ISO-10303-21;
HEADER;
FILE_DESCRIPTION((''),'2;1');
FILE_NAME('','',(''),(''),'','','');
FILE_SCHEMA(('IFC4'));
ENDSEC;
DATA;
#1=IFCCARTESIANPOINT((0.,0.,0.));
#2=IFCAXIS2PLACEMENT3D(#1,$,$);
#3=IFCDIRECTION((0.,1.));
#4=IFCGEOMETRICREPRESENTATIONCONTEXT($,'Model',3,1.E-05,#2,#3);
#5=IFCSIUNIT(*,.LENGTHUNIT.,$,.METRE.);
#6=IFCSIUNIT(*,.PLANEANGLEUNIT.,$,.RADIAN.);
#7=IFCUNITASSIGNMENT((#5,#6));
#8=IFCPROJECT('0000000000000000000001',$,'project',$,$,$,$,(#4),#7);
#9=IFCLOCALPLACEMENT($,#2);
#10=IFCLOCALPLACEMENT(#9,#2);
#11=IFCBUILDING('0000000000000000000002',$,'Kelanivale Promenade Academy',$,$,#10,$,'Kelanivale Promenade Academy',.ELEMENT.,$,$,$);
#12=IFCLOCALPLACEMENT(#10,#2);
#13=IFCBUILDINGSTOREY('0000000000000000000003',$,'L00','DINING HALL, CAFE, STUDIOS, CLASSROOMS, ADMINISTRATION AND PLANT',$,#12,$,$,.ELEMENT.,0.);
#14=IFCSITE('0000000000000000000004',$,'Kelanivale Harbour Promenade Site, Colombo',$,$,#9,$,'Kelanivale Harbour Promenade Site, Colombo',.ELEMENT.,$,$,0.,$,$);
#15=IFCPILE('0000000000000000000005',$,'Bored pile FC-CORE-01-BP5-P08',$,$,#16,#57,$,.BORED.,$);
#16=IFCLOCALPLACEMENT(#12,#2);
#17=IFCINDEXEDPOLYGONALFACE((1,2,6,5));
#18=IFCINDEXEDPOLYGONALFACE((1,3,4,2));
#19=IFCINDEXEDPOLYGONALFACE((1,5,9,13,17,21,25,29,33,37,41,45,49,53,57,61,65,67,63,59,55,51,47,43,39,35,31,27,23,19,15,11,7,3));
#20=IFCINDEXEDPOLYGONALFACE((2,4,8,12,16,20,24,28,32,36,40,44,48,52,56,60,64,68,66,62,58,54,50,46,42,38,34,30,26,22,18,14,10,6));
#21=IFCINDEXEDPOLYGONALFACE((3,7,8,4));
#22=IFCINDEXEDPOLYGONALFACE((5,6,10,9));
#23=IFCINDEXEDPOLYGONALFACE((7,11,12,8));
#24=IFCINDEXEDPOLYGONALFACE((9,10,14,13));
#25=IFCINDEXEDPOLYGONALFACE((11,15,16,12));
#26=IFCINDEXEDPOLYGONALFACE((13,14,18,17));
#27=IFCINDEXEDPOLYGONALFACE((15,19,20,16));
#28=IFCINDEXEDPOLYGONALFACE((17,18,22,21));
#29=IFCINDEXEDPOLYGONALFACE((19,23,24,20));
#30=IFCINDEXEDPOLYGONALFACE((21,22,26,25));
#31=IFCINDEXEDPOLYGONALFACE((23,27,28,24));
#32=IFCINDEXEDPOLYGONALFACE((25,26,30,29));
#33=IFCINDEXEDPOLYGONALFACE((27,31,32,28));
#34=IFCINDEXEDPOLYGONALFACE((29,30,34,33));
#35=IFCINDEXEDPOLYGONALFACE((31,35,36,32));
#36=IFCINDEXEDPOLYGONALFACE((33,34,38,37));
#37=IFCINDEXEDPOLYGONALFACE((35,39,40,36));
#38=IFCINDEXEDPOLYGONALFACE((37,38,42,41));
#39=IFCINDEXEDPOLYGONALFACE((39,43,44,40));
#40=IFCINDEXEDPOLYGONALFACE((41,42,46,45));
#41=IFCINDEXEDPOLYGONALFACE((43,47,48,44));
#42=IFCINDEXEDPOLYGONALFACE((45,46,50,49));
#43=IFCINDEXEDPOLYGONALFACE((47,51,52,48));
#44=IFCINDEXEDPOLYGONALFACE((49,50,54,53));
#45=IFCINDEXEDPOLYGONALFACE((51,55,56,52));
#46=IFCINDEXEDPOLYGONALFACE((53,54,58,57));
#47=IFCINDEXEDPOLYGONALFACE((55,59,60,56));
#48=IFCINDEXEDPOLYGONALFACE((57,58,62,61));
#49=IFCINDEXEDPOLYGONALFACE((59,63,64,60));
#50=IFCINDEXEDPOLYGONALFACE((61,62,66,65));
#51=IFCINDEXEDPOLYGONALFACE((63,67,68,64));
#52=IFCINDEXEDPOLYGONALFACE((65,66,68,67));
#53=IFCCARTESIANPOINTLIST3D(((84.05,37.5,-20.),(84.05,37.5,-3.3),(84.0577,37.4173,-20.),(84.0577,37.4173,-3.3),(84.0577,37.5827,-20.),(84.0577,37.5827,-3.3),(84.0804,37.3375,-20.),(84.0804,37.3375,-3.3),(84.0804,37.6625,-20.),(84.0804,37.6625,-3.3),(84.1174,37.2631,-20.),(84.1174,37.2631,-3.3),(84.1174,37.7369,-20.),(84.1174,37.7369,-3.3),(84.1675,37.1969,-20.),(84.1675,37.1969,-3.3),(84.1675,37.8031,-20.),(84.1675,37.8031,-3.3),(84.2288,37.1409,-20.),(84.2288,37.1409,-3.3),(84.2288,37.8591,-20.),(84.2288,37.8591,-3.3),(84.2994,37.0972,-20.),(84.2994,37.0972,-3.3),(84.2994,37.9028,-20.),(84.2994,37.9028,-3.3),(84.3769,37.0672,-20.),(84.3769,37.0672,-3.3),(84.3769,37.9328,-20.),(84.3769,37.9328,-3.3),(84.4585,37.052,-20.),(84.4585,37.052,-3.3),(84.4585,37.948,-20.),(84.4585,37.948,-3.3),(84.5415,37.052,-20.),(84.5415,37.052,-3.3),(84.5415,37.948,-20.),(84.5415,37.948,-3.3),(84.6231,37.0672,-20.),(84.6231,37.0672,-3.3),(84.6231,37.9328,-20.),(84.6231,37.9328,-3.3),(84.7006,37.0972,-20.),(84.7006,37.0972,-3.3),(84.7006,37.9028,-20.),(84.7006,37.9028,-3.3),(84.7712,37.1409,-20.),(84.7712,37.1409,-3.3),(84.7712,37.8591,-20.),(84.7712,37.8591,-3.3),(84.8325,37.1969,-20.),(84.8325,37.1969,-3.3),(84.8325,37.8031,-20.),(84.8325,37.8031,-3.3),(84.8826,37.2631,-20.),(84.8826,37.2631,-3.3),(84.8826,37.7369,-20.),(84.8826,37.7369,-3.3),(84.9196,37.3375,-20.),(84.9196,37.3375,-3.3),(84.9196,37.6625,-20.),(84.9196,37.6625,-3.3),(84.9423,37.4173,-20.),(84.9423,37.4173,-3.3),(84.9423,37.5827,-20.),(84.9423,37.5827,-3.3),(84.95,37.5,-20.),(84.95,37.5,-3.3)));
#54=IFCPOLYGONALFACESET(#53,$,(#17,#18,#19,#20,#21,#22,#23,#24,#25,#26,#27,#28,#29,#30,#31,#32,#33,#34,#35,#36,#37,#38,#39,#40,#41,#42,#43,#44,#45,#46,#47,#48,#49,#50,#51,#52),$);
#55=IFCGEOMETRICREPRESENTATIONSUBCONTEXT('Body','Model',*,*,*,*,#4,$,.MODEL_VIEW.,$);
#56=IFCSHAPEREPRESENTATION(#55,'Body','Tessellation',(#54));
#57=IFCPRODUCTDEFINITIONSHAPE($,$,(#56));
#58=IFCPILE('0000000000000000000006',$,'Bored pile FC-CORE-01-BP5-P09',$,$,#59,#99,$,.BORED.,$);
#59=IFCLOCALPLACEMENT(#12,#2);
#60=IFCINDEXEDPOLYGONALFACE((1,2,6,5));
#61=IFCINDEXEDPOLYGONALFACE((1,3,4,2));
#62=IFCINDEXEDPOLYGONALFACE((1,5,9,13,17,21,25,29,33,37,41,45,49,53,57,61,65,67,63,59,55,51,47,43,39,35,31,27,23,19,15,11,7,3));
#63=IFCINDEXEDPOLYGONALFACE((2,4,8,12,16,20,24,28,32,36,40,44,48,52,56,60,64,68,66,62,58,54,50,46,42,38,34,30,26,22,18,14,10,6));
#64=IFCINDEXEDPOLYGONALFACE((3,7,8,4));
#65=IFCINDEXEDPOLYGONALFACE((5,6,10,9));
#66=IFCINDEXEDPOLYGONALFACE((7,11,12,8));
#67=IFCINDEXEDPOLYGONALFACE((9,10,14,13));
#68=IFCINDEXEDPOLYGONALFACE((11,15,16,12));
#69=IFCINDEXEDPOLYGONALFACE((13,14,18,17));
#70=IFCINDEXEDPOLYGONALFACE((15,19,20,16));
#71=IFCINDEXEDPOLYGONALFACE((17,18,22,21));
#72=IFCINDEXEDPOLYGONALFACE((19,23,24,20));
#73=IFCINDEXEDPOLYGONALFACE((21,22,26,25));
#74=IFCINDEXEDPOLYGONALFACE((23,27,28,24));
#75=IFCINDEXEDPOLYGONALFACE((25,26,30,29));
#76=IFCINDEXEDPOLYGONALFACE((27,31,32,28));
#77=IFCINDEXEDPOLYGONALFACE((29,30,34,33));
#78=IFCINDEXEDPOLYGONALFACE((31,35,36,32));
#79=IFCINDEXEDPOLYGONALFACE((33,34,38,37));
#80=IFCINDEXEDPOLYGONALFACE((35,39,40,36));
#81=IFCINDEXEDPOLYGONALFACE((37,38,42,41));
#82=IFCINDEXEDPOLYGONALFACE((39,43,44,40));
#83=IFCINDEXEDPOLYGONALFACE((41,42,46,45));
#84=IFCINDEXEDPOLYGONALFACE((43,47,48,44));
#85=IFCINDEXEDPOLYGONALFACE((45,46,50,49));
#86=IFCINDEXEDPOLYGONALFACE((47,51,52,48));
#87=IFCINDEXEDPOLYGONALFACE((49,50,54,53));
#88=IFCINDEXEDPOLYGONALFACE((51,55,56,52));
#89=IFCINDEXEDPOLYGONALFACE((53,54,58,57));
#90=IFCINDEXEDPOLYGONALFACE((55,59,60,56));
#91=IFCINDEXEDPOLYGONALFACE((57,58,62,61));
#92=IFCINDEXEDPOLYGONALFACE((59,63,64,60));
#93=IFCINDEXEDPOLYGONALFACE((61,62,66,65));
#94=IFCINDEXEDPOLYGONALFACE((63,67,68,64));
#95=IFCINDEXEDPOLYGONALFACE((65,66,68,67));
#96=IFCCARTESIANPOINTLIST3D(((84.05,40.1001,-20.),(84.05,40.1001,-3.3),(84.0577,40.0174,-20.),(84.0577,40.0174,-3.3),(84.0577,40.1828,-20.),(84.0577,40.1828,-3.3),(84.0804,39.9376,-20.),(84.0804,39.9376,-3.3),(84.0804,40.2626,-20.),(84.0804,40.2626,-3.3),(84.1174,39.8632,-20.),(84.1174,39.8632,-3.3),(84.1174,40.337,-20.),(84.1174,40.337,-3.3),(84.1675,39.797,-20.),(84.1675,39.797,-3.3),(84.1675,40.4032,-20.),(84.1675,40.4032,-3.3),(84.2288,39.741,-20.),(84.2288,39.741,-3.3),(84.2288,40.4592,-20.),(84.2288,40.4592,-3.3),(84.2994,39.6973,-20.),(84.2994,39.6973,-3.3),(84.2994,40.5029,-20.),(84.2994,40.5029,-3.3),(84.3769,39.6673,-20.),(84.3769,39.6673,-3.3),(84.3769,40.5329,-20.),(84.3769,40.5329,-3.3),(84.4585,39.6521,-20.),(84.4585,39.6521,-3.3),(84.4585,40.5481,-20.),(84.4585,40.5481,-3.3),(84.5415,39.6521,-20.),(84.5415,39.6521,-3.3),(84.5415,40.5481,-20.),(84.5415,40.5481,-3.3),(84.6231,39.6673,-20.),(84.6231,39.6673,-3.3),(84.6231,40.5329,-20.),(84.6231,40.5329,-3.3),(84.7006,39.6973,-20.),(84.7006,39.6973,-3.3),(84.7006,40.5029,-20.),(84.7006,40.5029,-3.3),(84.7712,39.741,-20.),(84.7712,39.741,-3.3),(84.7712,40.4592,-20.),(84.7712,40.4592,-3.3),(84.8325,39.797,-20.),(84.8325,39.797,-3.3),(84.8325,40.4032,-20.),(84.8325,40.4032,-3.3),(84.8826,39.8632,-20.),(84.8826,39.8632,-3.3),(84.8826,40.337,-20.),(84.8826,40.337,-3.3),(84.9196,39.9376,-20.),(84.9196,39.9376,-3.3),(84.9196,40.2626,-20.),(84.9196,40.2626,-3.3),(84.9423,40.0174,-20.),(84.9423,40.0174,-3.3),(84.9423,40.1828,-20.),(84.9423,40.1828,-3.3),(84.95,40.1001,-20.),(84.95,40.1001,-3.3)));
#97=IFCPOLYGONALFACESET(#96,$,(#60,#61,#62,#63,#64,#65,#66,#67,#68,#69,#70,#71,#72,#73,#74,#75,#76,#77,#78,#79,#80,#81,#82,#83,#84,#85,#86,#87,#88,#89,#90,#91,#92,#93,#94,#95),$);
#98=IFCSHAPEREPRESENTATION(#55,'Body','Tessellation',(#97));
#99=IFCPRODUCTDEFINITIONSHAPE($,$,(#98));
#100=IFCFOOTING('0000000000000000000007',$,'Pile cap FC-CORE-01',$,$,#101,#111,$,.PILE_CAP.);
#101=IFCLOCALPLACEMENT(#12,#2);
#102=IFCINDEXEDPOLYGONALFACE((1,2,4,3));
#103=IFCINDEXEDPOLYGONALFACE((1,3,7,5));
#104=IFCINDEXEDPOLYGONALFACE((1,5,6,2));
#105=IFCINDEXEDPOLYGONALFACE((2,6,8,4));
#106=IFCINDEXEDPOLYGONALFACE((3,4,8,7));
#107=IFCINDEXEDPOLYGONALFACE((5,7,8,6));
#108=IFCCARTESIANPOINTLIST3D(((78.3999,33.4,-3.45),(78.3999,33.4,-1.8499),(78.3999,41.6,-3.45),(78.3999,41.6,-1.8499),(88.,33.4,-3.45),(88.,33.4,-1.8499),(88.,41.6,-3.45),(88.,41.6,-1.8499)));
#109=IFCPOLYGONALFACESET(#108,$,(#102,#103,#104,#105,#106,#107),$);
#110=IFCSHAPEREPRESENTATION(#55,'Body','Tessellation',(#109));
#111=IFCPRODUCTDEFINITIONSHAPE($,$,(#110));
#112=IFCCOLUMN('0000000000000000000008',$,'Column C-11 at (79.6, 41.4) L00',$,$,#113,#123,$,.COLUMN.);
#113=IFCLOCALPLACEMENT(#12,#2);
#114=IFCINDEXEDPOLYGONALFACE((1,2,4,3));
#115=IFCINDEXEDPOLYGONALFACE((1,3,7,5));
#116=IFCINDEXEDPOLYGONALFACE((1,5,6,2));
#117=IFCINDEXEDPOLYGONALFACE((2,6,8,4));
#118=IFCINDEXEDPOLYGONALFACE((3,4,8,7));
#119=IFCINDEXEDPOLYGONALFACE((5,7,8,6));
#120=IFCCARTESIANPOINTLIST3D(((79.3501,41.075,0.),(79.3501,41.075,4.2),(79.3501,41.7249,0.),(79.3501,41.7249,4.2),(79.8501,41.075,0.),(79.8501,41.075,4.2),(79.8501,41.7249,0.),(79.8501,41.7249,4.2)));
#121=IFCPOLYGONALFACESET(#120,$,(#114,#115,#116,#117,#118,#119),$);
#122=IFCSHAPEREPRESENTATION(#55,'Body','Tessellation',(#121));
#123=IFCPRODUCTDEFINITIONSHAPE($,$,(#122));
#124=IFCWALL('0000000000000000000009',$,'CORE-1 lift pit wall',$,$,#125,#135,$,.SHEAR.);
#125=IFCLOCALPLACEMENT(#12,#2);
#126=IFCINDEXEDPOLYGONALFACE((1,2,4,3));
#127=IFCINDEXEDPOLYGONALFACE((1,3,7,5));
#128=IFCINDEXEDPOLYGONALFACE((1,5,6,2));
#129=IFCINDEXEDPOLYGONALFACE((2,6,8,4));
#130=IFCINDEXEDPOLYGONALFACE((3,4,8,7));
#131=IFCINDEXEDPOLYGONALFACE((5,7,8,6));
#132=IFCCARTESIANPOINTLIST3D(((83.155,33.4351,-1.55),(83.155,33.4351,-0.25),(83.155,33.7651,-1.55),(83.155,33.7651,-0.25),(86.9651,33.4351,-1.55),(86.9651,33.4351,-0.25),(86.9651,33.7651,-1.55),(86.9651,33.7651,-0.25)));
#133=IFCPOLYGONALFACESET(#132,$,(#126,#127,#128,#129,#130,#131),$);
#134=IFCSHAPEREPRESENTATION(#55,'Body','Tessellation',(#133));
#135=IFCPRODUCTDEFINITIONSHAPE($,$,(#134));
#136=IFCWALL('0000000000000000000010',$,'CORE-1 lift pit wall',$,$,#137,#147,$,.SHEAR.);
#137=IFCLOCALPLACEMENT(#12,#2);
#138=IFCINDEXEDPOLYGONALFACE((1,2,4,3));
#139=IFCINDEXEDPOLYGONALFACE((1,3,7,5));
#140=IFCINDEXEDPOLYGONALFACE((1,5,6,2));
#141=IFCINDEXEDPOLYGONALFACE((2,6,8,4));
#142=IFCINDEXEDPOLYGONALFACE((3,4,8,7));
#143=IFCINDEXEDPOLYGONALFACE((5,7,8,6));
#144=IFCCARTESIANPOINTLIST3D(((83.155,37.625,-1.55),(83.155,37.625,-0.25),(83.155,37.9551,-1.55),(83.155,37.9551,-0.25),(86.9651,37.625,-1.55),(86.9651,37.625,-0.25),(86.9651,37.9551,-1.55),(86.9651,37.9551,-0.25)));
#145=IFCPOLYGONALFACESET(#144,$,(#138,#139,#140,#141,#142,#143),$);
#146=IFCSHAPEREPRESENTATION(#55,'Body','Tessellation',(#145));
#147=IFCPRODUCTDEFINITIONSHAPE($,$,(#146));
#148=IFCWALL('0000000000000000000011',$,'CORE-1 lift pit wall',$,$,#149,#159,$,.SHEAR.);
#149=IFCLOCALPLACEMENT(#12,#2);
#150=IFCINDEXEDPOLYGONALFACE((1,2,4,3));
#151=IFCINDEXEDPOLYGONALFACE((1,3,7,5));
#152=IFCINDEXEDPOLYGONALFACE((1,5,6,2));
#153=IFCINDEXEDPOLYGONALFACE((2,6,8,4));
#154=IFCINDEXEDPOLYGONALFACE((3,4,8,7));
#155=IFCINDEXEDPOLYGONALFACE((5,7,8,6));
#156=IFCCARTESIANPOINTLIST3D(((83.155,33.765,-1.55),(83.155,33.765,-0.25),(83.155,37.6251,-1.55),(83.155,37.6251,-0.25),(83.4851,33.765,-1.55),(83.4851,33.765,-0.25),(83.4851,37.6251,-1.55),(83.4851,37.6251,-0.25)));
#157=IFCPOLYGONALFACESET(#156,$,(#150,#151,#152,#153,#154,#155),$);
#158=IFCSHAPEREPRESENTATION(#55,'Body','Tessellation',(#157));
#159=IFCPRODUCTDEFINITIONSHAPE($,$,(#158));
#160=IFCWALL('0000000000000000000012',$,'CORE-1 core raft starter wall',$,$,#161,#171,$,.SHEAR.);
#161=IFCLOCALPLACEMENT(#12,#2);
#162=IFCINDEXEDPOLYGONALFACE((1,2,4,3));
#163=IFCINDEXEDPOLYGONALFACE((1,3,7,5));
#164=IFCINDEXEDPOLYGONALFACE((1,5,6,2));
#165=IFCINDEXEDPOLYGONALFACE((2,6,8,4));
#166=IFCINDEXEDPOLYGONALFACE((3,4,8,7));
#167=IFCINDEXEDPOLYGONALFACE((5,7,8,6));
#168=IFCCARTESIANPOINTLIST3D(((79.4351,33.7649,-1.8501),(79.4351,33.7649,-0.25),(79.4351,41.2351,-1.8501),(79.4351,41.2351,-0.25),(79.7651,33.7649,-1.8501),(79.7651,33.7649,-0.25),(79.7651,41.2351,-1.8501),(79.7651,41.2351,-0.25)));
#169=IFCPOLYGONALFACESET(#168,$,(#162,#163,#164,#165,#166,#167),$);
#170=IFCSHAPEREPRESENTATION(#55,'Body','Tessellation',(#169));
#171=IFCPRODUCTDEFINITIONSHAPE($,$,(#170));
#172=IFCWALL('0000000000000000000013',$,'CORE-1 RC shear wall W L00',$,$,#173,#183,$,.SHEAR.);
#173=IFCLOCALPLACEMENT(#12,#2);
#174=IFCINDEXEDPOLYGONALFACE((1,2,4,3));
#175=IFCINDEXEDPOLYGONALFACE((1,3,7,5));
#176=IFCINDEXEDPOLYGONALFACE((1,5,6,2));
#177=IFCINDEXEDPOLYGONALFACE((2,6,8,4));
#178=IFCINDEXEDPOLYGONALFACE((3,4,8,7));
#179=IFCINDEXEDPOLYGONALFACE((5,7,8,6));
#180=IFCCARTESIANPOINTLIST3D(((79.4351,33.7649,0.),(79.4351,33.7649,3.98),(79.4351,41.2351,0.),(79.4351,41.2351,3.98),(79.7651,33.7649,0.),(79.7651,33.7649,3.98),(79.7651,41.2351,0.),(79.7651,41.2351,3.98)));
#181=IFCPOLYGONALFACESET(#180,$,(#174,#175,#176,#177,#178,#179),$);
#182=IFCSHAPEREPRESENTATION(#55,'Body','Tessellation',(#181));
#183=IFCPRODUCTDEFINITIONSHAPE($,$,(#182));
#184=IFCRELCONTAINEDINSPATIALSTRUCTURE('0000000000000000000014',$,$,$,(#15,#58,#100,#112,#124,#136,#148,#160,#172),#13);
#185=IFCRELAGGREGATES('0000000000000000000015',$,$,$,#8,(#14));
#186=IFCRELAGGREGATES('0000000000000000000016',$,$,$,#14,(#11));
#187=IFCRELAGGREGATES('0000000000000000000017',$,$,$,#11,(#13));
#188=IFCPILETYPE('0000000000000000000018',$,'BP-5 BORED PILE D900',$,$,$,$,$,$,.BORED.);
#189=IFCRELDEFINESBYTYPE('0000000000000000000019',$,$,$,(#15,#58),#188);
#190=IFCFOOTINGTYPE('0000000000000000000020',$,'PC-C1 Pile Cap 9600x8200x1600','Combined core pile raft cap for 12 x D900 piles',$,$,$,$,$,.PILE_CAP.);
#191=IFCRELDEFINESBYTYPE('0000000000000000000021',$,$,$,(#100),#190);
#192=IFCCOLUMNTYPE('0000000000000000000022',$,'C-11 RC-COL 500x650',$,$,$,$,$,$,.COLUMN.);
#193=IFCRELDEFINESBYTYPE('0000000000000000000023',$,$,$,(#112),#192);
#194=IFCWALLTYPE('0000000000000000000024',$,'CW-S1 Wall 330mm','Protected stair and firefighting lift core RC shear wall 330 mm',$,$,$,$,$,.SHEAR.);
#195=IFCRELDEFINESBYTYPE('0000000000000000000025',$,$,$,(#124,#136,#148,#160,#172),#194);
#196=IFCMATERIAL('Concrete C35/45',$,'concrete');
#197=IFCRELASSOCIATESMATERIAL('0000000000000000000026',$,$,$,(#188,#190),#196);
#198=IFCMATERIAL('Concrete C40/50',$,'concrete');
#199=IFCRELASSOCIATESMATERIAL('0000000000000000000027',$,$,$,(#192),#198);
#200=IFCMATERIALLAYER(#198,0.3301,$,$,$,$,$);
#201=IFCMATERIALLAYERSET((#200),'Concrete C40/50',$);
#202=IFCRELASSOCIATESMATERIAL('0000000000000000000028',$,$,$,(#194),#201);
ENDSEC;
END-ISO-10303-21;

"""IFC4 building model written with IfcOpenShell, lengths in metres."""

from ifc_helpers import new_model, si_unit, direction, frame, frame_2d, origin, origin_2d, place, context, subcontext, project, spatial, rectangle, circle, extrude, material, layer, layer_set, material_profile, profile_set, type_object, element, save


model = new_model("IFC4")

# Units and contexts
model_context = context("Model", 3, precision=1e-05, world=origin(), true_north=direction((0.0, 1.0)))
body_context = subcontext(model_context, "Body", "Model", "MODEL_VIEW")
ifc_project = project(units=[si_unit("LENGTHUNIT", "METRE"), si_unit("PLANEANGLEUNIT", "RADIAN")], contexts=[model_context])

# Site, building, storey
site_placement = place(None, origin())
site = spatial("IfcSite", under=ifc_project, at=site_placement, Name="Kelanivale Harbour Promenade Site, Colombo", LongName="Kelanivale Harbour Promenade Site, Colombo", CompositionType="ELEMENT", RefElevation=0.0)
building_placement = place(site_placement, origin())
building = spatial("IfcBuilding", under=site, at=building_placement, Name="Kelanivale Promenade Academy", LongName="Kelanivale Promenade Academy", CompositionType="ELEMENT")
storey_placement = place(building_placement, origin())
storey = spatial("IfcBuildingStorey", under=building, at=storey_placement, Name="L00", Description="DINING HALL, CAFE, STUDIOS, CLASSROOMS, ADMINISTRATION AND PLANT", CompositionType="ELEMENT", Elevation=0.0)

# Piles
ifc_material_1 = material(Name="Concrete C35/45", Category="concrete")
ifc_material_profile_1 = material_profile(ifc_material_1, circle(Radius=0.45, at=origin_2d()), Name="BORED PILE D900")
ifc_profile_set_1 = profile_set([ifc_material_profile_1], Name="Concrete C35/45")
pile_type = type_object("IfcPileType", Name="BP-5 BORED PILE D900", PredefinedType="BORED", material=ifc_profile_set_1)
for number, where, z_axis, x_axis, name in (
    (1, (84.5, 37.5, -3.3), (0.0, 0.0, -1.0), (1.0, 0.0, 0.0), "Bored pile FC-CORE-01-BP5-P08"),
    (2, (84.5, 40.1001, -3.3), (0.0, 0.0, -1.0), (1.0, 0.0, 0.0), "Bored pile FC-CORE-01-BP5-P09"),
):
    element("IfcPile", number, at=place(storey_placement, frame(where, z_axis=z_axis, x_axis=x_axis)), inside=storey, type_object=pile_type, Name=name, PredefinedType="BORED", context=body_context, shape_type="SweptSolid", body=[
        extrude(circle(Radius=0.45, at=origin_2d()), origin(), (0.0, 0.0, 1.0), 16.7),
    ])

# Footing
footing_type = type_object("IfcFootingType", Name="PC-C1 Pile Cap 9600x8200x1600", Description="Combined core pile raft cap for 12 x D900 piles", PredefinedType="PILE_CAP", material=ifc_material_1)
footing_placement = place(storey_placement, frame((83.2, 37.5, -3.45), z_axis=(0.0, 0.0, 1.0), x_axis=(1.0, 0.0, 0.0)))
element("IfcFooting", 3, at=footing_placement, inside=storey, type_object=footing_type, Name="Pile cap FC-CORE-01", PredefinedType="PILE_CAP", context=body_context, shape_type="SweptSolid", body=[
    extrude(rectangle(XDim=9.6001, YDim=8.2, at=origin_2d()), origin(), (0.0, 0.0, 1.0), 1.6001),
])

# Column
ifc_material_2 = material(Name="Concrete C40/50", Category="concrete")
ifc_material_profile_2 = material_profile(ifc_material_2, rectangle(XDim=0.5, YDim=0.6499, at=origin_2d()), Name="RC-COL 500x650")
ifc_profile_set_2 = profile_set([ifc_material_profile_2], Name="Concrete C40/50")
column_type = type_object("IfcColumnType", Name="C-11 RC-COL 500x650", PredefinedType="COLUMN", material=ifc_profile_set_2)
column_placement = place(storey_placement, frame((79.6001, 41.3999, 0.0), z_axis=(0.0, 0.0, 1.0), x_axis=(1.0, 0.0, 0.0)))
element("IfcColumn", 4, at=column_placement, inside=storey, type_object=column_type, Name="Column C-11 at (79.6, 41.4) L00", PredefinedType="COLUMN", context=body_context, shape_type="SweptSolid", body=[
    extrude(rectangle(XDim=0.5, YDim=0.6499, at=origin_2d()), origin(), (0.0, 0.0, 1.0), 4.2),
])

# Walls
ifc_layer_1 = layer(ifc_material_2, 0.3301)
ifc_layer_set_1 = layer_set([ifc_layer_1], Name="Concrete C40/50")
wall_type_1 = type_object("IfcWallType", Name="CW-S1 Wall 330mm", Description="Protected stair and firefighting lift core RC shear wall 330 mm", PredefinedType="SHEAR", material=ifc_layer_set_1)
for number, where, z_axis, x_axis, name in (
    (5, (83.155, 33.6001, -1.55), (0.0, 0.0, 1.0), (1.0, 0.0, 0.0), "CORE-1 lift pit wall"),
    (6, (83.155, 37.79, -1.55), (0.0, 0.0, 1.0), (1.0, 0.0, 0.0), "CORE-1 lift pit wall"),
):
    element("IfcWall", number, at=place(storey_placement, frame(where, z_axis=z_axis, x_axis=x_axis)), inside=storey, type_object=wall_type_1, Name=name, PredefinedType="SHEAR", context=body_context, shape_type="SweptSolid", body=[
        extrude(rectangle(XDim=3.8101, YDim=0.3301, at=frame_2d((1.905, 0.0))), origin(), (0.0, 0.0, 1.0), 1.3),
    ])
wall_1_placement = place(storey_placement, frame((83.3201, 33.7649, -1.55), z_axis=(0.0, 0.0, 1.0), x_axis=(0.0, 1.0, 0.0)))
element("IfcWall", 7, at=wall_1_placement, inside=storey, type_object=wall_type_1, Name="CORE-1 lift pit wall", PredefinedType="SHEAR", context=body_context, shape_type="SweptSolid", body=[
    extrude(rectangle(XDim=3.8601, YDim=0.3301, at=frame_2d((1.9302, 0.0))), origin(), (0.0, 0.0, 1.0), 1.3),
])
wall_2_placement = place(storey_placement, frame((79.6001, 33.7649, -1.8501), z_axis=(0.0, 0.0, 1.0), x_axis=(0.0, 1.0, 0.0)))
element("IfcWall", 8, at=wall_2_placement, inside=storey, type_object=wall_type_1, Name="CORE-1 core raft starter wall", PredefinedType="SHEAR", context=body_context, shape_type="SweptSolid", body=[
    extrude(rectangle(XDim=7.4702, YDim=0.3301, at=frame_2d((3.7351, 0.0))), origin(), (0.0, 0.0, 1.0), 1.6001),
])
wall_3_placement = place(storey_placement, frame((79.6001, 33.7649, 0.0), z_axis=(0.0, 0.0, 1.0), x_axis=(0.0, 1.0, 0.0)))
element("IfcWall", 9, at=wall_3_placement, inside=storey, type_object=wall_type_1, Name="CORE-1 RC shear wall W L00", PredefinedType="SHEAR", context=body_context, shape_type="SweptSolid", body=[
    extrude(rectangle(XDim=7.4702, YDim=0.3301, at=frame_2d((3.7351, 0.0))), origin(), (0.0, 0.0, 1.0), 3.98),
])

save(model, "model.ifc")
